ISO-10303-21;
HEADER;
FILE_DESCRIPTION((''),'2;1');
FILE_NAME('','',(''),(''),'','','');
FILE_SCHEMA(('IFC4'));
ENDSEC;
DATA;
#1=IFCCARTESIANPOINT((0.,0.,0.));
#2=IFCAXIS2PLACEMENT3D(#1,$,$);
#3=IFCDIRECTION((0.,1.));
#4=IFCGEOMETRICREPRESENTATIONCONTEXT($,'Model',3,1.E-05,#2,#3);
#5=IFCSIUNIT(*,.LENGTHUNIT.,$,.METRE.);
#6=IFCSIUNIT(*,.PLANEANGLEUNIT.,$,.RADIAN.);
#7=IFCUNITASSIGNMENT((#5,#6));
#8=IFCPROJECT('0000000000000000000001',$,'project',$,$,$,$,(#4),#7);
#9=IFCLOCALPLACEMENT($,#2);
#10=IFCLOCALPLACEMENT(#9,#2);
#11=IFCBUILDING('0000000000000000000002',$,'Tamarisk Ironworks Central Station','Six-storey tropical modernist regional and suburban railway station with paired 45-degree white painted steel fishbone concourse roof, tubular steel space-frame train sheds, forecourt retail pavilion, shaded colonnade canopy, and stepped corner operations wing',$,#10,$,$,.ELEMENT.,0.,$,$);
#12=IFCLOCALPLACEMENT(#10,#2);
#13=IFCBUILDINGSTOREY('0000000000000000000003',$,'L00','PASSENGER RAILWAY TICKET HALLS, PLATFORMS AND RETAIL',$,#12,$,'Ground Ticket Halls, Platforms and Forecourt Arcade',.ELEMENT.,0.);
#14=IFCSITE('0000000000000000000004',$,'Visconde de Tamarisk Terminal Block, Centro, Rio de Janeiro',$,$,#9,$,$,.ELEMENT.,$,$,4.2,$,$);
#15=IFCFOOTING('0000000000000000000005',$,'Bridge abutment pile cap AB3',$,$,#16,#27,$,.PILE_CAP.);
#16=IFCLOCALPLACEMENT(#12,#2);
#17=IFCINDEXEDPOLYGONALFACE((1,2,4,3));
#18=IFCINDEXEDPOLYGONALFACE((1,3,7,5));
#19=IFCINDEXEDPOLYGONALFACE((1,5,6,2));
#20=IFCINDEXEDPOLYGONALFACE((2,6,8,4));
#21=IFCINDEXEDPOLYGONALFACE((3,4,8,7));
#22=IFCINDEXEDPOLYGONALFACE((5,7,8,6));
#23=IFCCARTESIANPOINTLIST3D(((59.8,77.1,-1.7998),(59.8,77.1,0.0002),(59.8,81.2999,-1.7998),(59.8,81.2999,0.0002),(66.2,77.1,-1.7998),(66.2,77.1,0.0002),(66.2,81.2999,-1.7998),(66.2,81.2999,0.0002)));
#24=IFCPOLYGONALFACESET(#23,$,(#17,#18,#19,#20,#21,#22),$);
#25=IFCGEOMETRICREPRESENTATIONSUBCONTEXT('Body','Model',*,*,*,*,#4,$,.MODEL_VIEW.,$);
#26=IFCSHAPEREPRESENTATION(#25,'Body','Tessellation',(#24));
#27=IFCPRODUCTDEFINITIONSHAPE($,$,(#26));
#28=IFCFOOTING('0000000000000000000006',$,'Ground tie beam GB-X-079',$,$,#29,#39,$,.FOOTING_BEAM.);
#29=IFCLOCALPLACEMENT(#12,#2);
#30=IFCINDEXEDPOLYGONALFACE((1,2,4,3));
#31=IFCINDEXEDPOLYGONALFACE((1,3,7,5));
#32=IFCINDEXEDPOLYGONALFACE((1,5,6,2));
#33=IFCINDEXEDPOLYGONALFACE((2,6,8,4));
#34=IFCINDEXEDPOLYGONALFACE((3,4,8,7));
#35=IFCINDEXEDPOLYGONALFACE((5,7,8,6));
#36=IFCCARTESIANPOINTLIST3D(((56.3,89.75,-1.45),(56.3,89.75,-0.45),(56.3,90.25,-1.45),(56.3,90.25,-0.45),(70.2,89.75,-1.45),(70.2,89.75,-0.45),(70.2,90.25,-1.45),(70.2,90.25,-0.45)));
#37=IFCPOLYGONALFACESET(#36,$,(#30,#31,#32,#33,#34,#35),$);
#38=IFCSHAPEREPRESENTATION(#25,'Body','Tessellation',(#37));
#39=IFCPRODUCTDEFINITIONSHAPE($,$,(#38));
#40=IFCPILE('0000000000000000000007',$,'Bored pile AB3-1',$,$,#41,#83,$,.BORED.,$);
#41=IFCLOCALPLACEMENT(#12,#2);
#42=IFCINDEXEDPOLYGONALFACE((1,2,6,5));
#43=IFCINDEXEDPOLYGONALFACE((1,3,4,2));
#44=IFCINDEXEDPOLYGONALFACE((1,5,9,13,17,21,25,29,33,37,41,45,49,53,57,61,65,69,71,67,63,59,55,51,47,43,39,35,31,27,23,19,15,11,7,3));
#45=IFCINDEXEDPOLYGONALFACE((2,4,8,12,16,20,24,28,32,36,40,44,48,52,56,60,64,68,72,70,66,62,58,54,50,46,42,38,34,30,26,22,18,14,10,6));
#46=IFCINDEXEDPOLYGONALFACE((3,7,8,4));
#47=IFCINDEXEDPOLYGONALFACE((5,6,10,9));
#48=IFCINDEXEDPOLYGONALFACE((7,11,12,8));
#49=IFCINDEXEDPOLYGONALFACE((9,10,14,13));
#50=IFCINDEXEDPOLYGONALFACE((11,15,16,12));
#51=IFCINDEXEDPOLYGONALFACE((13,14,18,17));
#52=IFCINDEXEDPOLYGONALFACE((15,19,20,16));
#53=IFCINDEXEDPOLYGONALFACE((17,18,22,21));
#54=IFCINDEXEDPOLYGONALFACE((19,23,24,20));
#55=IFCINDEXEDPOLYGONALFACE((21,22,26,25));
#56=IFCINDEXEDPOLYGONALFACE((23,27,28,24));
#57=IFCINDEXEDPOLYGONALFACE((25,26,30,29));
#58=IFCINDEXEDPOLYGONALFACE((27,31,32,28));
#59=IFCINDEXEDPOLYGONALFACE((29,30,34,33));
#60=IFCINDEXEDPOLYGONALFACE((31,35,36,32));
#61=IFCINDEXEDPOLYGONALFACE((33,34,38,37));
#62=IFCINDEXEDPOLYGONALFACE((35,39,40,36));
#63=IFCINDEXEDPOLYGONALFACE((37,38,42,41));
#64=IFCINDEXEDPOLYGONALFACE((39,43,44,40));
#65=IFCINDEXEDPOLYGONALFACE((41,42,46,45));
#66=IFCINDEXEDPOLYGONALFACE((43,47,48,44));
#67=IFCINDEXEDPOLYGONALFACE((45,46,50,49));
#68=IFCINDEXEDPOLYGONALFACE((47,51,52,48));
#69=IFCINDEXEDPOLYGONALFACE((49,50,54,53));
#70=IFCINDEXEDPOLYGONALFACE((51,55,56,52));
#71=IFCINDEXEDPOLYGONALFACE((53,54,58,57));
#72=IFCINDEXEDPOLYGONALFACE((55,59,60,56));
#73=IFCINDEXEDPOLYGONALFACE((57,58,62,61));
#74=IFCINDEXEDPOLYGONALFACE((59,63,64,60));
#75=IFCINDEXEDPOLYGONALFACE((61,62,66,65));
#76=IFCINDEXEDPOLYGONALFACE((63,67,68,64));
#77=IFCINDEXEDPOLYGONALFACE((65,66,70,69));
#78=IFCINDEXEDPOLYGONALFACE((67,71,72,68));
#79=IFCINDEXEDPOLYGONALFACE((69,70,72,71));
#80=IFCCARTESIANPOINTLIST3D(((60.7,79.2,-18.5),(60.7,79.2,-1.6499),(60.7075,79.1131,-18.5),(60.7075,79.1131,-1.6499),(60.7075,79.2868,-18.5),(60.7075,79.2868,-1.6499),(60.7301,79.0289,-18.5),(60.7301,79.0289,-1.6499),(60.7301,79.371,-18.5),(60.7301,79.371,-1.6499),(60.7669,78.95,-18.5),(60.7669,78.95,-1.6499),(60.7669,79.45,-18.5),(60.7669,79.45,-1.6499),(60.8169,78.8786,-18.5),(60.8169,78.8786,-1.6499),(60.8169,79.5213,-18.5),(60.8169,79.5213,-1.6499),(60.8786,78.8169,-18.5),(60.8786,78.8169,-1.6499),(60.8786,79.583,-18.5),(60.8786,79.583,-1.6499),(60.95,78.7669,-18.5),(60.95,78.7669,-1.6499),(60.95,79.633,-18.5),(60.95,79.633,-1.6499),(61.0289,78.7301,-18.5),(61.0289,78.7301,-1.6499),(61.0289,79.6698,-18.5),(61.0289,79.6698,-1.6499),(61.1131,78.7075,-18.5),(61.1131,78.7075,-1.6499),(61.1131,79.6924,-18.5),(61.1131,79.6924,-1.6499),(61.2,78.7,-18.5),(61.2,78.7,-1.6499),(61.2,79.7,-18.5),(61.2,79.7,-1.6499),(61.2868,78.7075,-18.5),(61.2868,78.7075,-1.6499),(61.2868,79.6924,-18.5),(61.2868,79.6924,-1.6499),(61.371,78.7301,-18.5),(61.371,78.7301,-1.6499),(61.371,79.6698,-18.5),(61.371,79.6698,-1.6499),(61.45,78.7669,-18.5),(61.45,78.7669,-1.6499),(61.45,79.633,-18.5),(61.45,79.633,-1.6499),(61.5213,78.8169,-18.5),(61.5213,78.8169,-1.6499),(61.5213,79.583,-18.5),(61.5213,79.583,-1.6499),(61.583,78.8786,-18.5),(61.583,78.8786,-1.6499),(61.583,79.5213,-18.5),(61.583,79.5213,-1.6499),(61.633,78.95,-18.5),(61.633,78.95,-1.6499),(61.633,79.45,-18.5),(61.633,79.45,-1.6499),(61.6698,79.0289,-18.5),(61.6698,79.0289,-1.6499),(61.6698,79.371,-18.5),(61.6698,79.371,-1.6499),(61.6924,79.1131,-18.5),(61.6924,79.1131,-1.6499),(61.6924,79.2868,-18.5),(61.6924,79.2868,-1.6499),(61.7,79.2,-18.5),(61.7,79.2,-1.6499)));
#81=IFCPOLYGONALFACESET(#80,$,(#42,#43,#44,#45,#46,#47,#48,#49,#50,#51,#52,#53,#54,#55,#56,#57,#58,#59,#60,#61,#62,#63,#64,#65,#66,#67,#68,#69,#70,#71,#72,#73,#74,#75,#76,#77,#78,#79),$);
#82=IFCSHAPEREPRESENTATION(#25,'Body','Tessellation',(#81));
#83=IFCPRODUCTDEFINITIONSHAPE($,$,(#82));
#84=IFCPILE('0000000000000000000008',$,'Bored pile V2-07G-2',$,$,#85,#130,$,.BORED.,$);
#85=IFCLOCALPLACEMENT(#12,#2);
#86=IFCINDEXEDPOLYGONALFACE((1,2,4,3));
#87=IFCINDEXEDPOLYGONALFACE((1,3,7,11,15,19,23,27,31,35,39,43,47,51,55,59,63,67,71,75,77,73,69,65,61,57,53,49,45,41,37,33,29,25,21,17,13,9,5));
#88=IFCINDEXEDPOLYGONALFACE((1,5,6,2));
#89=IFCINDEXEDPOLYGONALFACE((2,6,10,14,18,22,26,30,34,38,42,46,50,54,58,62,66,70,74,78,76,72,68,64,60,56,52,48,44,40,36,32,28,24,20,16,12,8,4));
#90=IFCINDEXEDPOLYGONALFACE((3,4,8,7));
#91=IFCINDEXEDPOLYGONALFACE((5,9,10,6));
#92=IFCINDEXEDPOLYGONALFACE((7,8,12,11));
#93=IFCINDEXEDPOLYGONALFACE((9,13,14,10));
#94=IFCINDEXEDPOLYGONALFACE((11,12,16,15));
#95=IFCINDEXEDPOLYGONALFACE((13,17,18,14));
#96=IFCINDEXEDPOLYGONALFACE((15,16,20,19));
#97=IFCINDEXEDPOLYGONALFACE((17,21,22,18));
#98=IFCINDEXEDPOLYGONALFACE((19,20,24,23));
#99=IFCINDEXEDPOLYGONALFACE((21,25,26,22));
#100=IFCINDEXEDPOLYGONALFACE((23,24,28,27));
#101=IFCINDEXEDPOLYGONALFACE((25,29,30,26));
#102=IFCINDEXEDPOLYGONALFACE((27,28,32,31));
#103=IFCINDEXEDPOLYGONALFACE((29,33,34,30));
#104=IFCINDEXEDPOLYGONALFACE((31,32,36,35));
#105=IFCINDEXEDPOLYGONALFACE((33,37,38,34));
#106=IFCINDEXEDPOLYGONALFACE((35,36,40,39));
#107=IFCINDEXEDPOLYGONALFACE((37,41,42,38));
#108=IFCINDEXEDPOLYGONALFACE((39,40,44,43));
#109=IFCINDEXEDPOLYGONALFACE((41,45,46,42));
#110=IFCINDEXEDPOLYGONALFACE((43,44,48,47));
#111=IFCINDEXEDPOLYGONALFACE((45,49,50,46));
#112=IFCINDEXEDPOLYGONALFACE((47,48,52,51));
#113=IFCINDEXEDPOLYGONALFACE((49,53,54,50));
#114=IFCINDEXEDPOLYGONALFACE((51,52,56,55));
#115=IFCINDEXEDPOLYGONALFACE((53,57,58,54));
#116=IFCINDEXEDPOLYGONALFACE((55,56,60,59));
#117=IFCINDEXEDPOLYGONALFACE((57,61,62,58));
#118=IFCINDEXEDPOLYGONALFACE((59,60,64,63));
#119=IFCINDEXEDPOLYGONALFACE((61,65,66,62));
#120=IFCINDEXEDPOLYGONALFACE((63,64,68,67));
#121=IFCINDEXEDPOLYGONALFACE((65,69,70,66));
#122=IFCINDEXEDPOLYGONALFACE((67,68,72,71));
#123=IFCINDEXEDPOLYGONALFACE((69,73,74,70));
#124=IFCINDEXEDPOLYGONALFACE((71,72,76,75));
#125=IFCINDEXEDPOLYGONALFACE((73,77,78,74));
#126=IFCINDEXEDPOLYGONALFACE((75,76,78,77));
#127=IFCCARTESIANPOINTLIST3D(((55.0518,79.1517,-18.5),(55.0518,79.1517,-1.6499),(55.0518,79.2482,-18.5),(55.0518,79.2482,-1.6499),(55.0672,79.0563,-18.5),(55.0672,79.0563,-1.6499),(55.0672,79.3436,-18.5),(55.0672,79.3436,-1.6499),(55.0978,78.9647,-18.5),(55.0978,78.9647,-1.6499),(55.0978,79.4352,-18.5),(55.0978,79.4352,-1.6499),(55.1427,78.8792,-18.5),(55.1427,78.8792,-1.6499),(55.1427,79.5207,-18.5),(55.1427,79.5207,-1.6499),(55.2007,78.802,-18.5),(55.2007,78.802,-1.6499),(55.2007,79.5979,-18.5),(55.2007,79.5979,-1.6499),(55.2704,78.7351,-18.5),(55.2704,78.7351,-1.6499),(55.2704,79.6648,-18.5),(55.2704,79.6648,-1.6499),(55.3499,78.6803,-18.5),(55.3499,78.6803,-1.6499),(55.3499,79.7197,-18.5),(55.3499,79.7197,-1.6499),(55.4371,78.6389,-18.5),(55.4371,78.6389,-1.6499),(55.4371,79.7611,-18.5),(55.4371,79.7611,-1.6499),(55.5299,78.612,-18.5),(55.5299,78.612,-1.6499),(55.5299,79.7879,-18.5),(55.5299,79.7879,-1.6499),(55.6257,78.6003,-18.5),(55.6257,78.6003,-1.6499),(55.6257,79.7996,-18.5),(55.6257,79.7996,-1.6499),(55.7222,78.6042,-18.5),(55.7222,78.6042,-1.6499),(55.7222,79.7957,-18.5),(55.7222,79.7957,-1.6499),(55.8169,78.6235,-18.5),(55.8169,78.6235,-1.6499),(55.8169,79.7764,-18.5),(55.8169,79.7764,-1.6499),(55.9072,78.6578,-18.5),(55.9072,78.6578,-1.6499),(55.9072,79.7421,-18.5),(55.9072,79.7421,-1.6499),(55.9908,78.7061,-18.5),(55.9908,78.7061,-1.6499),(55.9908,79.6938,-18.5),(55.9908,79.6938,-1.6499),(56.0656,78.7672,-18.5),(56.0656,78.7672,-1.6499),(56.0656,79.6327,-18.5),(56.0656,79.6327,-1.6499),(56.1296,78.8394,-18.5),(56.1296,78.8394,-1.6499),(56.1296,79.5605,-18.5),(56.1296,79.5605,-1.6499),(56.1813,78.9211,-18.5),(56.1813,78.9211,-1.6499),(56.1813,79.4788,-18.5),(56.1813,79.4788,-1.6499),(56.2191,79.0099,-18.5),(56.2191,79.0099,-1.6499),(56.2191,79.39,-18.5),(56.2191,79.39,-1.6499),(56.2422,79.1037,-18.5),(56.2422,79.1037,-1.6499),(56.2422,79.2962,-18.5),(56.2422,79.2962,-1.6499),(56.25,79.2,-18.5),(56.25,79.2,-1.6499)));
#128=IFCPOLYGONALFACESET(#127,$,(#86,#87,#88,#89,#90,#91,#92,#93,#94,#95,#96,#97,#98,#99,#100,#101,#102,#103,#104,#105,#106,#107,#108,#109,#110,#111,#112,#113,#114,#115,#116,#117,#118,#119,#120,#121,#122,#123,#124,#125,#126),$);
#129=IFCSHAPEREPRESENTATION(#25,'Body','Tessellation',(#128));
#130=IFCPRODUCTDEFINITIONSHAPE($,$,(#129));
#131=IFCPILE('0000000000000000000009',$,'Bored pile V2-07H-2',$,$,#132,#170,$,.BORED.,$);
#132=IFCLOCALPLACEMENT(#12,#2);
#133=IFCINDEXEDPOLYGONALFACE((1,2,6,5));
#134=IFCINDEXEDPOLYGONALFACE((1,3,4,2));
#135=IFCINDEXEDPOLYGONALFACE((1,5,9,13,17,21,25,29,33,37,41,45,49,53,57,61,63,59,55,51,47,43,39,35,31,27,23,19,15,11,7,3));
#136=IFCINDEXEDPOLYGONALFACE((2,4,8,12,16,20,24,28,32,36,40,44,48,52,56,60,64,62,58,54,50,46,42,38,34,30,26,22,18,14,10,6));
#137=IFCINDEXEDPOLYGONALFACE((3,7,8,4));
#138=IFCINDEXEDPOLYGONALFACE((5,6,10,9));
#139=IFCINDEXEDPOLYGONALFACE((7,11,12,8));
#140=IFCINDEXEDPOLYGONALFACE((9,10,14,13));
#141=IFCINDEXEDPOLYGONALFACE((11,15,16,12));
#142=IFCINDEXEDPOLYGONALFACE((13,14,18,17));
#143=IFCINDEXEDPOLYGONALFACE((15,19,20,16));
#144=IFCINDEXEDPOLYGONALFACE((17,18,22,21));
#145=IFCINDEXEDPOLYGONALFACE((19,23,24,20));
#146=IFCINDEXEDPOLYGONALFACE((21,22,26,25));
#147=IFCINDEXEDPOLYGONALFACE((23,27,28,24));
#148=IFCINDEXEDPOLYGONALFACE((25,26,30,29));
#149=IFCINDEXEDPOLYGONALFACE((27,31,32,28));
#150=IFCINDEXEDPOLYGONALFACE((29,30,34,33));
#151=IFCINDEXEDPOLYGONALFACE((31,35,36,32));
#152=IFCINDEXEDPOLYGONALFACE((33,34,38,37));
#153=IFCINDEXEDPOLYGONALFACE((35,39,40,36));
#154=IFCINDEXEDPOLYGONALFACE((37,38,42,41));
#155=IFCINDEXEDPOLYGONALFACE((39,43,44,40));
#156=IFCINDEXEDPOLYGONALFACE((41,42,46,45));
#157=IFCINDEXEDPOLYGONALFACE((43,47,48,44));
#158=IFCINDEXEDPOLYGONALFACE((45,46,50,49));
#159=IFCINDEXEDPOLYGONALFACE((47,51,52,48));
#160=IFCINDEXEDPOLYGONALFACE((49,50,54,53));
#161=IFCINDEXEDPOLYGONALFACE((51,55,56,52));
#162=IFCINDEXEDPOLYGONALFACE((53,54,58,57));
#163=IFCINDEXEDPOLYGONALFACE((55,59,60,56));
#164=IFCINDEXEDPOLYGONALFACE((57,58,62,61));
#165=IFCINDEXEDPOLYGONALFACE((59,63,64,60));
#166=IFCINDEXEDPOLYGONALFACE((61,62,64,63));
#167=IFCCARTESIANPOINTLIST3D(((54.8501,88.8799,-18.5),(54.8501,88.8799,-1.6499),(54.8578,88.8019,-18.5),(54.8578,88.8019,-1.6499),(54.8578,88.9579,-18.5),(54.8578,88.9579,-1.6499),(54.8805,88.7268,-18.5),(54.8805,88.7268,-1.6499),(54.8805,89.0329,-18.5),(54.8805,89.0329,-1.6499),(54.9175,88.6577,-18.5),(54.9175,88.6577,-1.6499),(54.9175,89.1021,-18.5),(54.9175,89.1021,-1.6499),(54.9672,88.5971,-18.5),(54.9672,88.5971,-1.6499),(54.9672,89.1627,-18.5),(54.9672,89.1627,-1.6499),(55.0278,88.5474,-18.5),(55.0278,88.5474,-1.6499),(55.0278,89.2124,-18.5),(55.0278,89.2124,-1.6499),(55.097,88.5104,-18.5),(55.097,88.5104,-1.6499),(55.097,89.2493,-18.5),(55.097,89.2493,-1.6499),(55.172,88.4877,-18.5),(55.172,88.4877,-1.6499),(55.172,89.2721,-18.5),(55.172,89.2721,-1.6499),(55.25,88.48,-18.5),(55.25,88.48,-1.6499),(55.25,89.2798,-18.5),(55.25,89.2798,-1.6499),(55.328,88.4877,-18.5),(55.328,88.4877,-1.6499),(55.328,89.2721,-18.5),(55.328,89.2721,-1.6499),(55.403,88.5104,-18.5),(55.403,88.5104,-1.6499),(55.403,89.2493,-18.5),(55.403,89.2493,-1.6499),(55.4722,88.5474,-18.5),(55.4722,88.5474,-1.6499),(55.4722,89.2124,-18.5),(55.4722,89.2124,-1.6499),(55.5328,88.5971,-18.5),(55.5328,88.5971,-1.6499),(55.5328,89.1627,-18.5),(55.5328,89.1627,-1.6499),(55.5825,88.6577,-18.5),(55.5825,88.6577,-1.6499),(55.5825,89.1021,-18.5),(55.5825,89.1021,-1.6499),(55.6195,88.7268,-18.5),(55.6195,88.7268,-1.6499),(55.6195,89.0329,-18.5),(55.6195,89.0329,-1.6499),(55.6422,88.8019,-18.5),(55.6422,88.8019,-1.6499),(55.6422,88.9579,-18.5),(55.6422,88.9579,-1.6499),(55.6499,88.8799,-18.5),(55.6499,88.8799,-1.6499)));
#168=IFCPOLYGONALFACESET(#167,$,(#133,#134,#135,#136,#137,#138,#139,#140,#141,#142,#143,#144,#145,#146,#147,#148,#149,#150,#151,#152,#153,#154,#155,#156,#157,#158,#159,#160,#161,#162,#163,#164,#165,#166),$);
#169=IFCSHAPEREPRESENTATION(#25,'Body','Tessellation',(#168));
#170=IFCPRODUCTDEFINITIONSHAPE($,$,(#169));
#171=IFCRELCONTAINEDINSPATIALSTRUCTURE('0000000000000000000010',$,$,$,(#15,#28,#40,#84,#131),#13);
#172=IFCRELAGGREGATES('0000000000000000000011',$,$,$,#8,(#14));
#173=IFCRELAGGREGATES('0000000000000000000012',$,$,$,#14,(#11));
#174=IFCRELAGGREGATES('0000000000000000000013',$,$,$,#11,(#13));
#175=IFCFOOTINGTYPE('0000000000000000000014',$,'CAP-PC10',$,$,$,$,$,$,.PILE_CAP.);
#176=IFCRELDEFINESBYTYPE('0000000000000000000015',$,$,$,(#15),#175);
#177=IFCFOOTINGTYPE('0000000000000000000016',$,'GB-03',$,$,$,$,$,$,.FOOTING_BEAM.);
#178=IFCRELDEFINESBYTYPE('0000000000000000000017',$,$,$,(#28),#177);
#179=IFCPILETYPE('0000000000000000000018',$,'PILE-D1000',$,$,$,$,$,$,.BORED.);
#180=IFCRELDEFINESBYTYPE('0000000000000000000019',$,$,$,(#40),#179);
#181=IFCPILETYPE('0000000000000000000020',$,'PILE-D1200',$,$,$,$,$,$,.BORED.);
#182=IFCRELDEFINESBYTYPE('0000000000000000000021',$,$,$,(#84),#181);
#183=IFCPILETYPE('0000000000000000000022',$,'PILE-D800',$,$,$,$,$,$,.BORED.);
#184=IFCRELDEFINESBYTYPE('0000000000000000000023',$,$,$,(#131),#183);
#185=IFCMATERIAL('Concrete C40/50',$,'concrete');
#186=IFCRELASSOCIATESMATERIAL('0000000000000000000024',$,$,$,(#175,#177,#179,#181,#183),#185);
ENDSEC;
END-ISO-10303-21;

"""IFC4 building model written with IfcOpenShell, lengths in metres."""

from ifc_helpers import new_model, si_unit, direction, frame, origin, origin_2d, place, context, subcontext, project, spatial, rectangle, circle, extrude, material, material_profile, profile_set, type_object, element, save


model = new_model("IFC4")

# Units and contexts
model_context = context("Model", 3, precision=1e-05, world=origin(), true_north=direction((0.0, 1.0)))
body_context = subcontext(model_context, "Body", "Model", "MODEL_VIEW")
ifc_project = project(units=[si_unit("LENGTHUNIT", "METRE"), si_unit("PLANEANGLEUNIT", "RADIAN")], contexts=[model_context])

# Site, building, storey
site_placement = place(None, origin())
site = spatial("IfcSite", under=ifc_project, at=site_placement, Name="Visconde de Tamarisk Terminal Block, Centro, Rio de Janeiro", CompositionType="ELEMENT", RefElevation=4.2)
building_placement = place(site_placement, origin())
building = spatial("IfcBuilding", under=site, at=building_placement, Name="Tamarisk Ironworks Central Station", Description="Six-storey tropical modernist regional and suburban railway station with paired 45-degree white painted steel fishbone concourse roof, tubular steel space-frame train sheds, forecourt retail pavilion, shaded colonnade canopy, and stepped corner operations wing", CompositionType="ELEMENT", ElevationOfRefHeight=0.0)
storey_placement = place(building_placement, origin())
storey = spatial("IfcBuildingStorey", under=building, at=storey_placement, Name="L00", Description="PASSENGER RAILWAY TICKET HALLS, PLATFORMS AND RETAIL", LongName="Ground Ticket Halls, Platforms and Forecourt Arcade", CompositionType="ELEMENT", Elevation=0.0)

# Footings
ifc_material_1 = material(Name="Concrete C40/50", Category="concrete")
footing_type_1 = type_object("IfcFootingType", Name="CAP-PC10", PredefinedType="PILE_CAP", material=ifc_material_1)
footing_1_placement = place(storey_placement, frame((63.0, 79.2, -1.7998), z_axis=(0.0, 0.0, 1.0), x_axis=(1.0, 0.0, 0.0)))
element("IfcFooting", 1, at=footing_1_placement, inside=storey, type_object=footing_type_1, Name="Bridge abutment pile cap AB3", PredefinedType="PILE_CAP", context=body_context, shape_type="SweptSolid", body=[
    extrude(rectangle(XDim=6.3999, YDim=4.2, at=origin_2d()), origin(), (0.0, 0.0, 1.0), 1.8),
])
ifc_material_profile_1 = material_profile(ifc_material_1, rectangle(XDim=0.5, YDim=1.0, at=origin_2d()), Name="GB03 500x1000")
ifc_profile_set_1 = profile_set([ifc_material_profile_1], Name="Concrete C40/50")
footing_type_2 = type_object("IfcFootingType", Name="GB-03", PredefinedType="FOOTING_BEAM", material=ifc_profile_set_1)
footing_2_placement = place(storey_placement, frame((56.3, 90.0, -0.95), z_axis=(1.0, 0.0, 0.0), x_axis=(0.0, 1.0, 0.0)))
element("IfcFooting", 2, at=footing_2_placement, inside=storey, type_object=footing_type_2, Name="Ground tie beam GB-X-079", PredefinedType="FOOTING_BEAM", context=body_context, shape_type="SweptSolid", body=[
    extrude(rectangle(XDim=0.5, YDim=1.0, at=origin_2d()), origin(), (0.0, 0.0, 1.0), 13.8999),
])

# Piles
ifc_material_profile_2 = material_profile(ifc_material_1, circle(Radius=0.5, at=origin_2d()), Name="BORED PILE D1000")
ifc_profile_set_2 = profile_set([ifc_material_profile_2], Name="Concrete C40/50")
pile_type_1 = type_object("IfcPileType", Name="PILE-D1000", PredefinedType="BORED", material=ifc_profile_set_2)
pile_1_placement = place(storey_placement, frame((61.2, 79.2, -1.6499), z_axis=(0.0, 0.0, -1.0), x_axis=(1.0, 0.0, 0.0)))
element("IfcPile", 3, at=pile_1_placement, inside=storey, type_object=pile_type_1, Name="Bored pile AB3-1", PredefinedType="BORED", context=body_context, shape_type="SweptSolid", body=[
    extrude(circle(Radius=0.5, at=origin_2d()), origin(), (0.0, 0.0, 1.0), 16.8501),
])
ifc_material_profile_3 = material_profile(ifc_material_1, circle(Radius=0.6001, at=origin_2d()), Name="BORED PILE D1200")
ifc_profile_set_3 = profile_set([ifc_material_profile_3], Name="Concrete C40/50")
pile_type_2 = type_object("IfcPileType", Name="PILE-D1200", PredefinedType="BORED", material=ifc_profile_set_3)
pile_2_placement = place(storey_placement, frame((55.6499, 79.2, -1.6499), z_axis=(0.0, 0.0, -1.0), x_axis=(1.0, 0.0, 0.0)))
element("IfcPile", 4, at=pile_2_placement, inside=storey, type_object=pile_type_2, Name="Bored pile V2-07G-2", PredefinedType="BORED", context=body_context, shape_type="SweptSolid", body=[
    extrude(circle(Radius=0.6001, at=origin_2d()), origin(), (0.0, 0.0, 1.0), 16.8501),
])
ifc_material_profile_4 = material_profile(ifc_material_1, circle(Radius=0.3999, at=origin_2d()), Name="BORED PILE D800")
ifc_profile_set_4 = profile_set([ifc_material_profile_4], Name="Concrete C40/50")
pile_type_3 = type_object("IfcPileType", Name="PILE-D800", PredefinedType="BORED", material=ifc_profile_set_4)
for number, where, z_axis, x_axis, name in (
    (5, (55.25, 88.8799, -1.6499), (0.0, 0.0, -1.0), (1.0, 0.0, 0.0), "Bored pile V2-07H-2"),
):
    element("IfcPile", number, at=place(storey_placement, frame(where, z_axis=z_axis, x_axis=x_axis)), inside=storey, type_object=pile_type_3, Name=name, PredefinedType="BORED", context=body_context, shape_type="SweptSolid", body=[
        extrude(circle(Radius=0.3999, at=origin_2d()), origin(), (0.0, 0.0, 1.0), 16.8501),
    ])

save(model, "model.ifc")
